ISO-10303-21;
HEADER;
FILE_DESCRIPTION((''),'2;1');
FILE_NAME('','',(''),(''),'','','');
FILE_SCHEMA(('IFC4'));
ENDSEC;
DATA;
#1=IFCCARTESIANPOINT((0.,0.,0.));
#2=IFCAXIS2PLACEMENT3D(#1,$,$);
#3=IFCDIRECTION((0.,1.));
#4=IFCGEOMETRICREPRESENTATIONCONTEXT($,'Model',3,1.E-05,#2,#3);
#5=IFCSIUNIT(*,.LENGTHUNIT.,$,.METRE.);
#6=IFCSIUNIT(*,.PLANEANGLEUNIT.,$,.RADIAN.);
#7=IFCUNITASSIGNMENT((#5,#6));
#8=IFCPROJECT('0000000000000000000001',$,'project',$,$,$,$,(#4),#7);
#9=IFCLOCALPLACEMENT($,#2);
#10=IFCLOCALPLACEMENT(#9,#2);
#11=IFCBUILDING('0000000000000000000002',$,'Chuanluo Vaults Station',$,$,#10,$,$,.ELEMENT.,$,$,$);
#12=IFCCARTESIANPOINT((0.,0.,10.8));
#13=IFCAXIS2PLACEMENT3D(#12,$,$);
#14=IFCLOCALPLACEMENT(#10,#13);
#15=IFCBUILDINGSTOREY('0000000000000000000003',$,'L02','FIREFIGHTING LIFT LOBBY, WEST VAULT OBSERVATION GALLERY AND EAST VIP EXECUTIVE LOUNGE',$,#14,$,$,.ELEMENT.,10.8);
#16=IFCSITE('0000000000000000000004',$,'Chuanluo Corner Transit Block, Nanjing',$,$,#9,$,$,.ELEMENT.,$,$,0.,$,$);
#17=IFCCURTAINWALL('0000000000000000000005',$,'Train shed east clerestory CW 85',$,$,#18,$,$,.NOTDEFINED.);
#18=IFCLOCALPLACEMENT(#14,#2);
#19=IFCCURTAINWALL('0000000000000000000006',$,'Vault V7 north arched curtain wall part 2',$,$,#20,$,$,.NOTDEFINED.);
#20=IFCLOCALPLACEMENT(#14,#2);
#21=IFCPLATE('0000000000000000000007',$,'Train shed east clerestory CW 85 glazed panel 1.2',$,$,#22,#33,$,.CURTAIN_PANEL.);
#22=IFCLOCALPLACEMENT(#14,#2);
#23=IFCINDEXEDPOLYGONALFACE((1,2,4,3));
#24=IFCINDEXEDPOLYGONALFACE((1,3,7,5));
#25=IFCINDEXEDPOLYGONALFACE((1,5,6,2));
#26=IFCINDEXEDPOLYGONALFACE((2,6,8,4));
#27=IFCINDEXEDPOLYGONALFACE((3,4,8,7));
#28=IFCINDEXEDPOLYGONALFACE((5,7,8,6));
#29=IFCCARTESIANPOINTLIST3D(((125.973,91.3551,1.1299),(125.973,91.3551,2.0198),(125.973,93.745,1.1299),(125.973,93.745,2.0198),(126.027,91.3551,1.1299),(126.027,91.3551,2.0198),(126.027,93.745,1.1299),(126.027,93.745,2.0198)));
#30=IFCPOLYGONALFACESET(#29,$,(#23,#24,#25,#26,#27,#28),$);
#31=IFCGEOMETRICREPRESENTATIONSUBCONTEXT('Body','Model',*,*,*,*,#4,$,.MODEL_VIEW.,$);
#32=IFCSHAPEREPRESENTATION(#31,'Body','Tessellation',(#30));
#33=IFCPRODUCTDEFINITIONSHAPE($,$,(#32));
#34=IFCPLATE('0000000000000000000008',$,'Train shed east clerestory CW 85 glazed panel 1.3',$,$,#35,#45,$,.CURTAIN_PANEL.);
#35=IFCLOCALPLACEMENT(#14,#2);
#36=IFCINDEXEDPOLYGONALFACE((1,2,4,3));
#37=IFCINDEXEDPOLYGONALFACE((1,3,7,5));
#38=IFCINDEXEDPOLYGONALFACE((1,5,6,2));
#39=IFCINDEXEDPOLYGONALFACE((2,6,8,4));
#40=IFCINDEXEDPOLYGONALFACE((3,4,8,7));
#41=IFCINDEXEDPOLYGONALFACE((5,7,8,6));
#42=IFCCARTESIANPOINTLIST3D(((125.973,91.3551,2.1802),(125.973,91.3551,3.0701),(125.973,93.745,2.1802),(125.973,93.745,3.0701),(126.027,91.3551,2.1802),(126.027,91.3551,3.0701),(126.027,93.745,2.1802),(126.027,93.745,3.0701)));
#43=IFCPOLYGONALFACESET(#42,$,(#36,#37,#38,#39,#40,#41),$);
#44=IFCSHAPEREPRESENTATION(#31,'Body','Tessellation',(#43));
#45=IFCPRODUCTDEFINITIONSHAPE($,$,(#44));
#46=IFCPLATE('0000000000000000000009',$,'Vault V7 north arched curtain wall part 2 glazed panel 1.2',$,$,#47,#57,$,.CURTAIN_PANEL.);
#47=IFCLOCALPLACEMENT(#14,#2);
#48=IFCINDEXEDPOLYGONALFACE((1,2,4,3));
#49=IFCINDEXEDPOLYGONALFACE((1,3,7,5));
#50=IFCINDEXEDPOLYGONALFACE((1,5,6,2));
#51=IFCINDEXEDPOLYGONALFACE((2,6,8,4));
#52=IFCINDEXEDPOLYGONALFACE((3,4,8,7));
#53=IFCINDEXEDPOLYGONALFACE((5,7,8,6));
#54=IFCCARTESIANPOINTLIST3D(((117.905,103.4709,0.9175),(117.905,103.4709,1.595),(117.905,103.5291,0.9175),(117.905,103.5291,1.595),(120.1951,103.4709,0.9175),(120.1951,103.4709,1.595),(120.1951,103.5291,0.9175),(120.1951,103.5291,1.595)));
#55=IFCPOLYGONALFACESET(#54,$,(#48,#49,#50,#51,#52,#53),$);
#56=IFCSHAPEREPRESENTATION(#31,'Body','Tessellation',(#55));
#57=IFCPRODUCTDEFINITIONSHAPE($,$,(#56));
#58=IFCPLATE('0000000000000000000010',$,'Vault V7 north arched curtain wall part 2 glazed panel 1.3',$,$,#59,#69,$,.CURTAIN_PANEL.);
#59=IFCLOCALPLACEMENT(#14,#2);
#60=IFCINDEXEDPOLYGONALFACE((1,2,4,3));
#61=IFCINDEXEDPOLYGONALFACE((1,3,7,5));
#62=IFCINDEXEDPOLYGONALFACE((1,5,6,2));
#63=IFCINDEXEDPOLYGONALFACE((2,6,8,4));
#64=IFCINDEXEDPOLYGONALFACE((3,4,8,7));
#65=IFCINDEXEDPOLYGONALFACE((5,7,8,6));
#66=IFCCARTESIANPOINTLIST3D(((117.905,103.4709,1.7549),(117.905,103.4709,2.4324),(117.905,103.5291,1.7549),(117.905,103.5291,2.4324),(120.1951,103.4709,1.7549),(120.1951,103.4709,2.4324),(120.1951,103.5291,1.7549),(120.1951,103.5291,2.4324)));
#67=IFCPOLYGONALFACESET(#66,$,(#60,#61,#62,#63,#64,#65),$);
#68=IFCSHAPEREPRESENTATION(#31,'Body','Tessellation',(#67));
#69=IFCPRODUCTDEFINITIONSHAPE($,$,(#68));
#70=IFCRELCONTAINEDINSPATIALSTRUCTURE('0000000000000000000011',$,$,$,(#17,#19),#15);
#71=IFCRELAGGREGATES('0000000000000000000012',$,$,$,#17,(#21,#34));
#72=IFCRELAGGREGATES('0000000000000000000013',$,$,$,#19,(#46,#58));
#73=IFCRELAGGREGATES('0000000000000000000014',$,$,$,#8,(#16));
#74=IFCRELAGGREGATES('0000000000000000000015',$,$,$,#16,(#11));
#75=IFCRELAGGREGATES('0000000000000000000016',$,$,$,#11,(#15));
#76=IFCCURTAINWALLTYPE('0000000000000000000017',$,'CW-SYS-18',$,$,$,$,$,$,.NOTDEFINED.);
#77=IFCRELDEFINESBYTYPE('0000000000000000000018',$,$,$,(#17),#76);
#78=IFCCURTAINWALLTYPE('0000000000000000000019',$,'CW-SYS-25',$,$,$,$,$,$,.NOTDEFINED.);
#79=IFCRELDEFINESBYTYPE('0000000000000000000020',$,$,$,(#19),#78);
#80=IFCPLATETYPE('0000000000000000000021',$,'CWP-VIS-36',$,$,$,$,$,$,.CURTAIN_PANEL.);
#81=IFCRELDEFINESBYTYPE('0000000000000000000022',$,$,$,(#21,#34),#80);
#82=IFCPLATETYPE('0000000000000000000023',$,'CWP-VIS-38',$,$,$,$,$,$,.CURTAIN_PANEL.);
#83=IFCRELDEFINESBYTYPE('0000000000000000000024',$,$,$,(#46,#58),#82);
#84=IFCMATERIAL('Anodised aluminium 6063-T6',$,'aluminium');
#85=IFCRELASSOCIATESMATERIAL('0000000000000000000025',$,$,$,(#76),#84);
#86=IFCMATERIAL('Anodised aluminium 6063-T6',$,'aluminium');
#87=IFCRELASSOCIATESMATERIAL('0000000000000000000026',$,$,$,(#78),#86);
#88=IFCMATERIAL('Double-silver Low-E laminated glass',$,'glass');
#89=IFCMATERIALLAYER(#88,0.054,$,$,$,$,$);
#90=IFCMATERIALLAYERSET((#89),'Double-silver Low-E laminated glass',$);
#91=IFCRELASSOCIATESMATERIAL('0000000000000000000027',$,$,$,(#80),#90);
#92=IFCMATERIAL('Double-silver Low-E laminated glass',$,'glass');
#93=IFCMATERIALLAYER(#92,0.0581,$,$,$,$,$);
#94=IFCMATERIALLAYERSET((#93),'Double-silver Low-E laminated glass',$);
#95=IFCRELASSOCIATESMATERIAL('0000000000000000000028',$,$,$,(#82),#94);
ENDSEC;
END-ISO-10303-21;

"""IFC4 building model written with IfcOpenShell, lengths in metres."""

from ifc_helpers import new_model, si_unit, direction, frame, origin, origin_2d, place, context, subcontext, project, spatial, rectangle, extrude, material, layer, layer_set, type_object, element, aggregate, save


model = new_model("IFC4")

# Units and contexts
model_context = context("Model", 3, precision=1e-05, world=origin(), true_north=direction((0.0, 1.0)))
body_context = subcontext(model_context, "Body", "Model", "MODEL_VIEW")
ifc_project = project(units=[si_unit("LENGTHUNIT", "METRE"), si_unit("PLANEANGLEUNIT", "RADIAN")], contexts=[model_context])

# Site, building, storey
site_placement = place(None, origin())
site = spatial("IfcSite", under=ifc_project, at=site_placement, Name="Chuanluo Corner Transit Block, Nanjing", CompositionType="ELEMENT", RefElevation=0.0)
building_placement = place(site_placement, origin())
building = spatial("IfcBuilding", under=site, at=building_placement, Name="Chuanluo Vaults Station", CompositionType="ELEMENT")
storey_placement = place(building_placement, frame((0.0, 0.0, 10.8)))
storey = spatial("IfcBuildingStorey", under=building, at=storey_placement, Name="L02", Description="FIREFIGHTING LIFT LOBBY, WEST VAULT OBSERVATION GALLERY AND EAST VIP EXECUTIVE LOUNGE", CompositionType="ELEMENT", Elevation=10.8)

# Curtain walls
ifc_material_1 = material(Name="Anodised aluminium 6063-T6", Category="aluminium")
curtain_wall_type_1 = type_object("IfcCurtainWallType", Name="CW-SYS-18", PredefinedType="NOTDEFINED", material=ifc_material_1)
curtain_wall_1_placement = place(storey_placement, origin())
curtain_wall_1 = element("IfcCurtainWall", 1, at=curtain_wall_1_placement, inside=storey, type_object=curtain_wall_type_1, Name="Train shed east clerestory CW 85", PredefinedType="NOTDEFINED")
ifc_material_2 = material(Name="Anodised aluminium 6063-T6", Category="aluminium")
curtain_wall_type_2 = type_object("IfcCurtainWallType", Name="CW-SYS-25", PredefinedType="NOTDEFINED", material=ifc_material_2)
curtain_wall_2_placement = place(storey_placement, origin())
curtain_wall_2 = element("IfcCurtainWall", 2, at=curtain_wall_2_placement, inside=storey, type_object=curtain_wall_type_2, Name="Vault V7 north arched curtain wall part 2", PredefinedType="NOTDEFINED")

# Plates
ifc_material_3 = material(Name="Double-silver Low-E laminated glass", Category="glass")
ifc_layer_1 = layer(ifc_material_3, 0.054)
ifc_layer_set_1 = layer_set([ifc_layer_1], Name="Double-silver Low-E laminated glass")
plate_type_1 = type_object("IfcPlateType", Name="CWP-VIS-36", PredefinedType="CURTAIN_PANEL", material=ifc_layer_set_1)
plate_1_placement = place(storey_placement, frame((126.0, 92.55, 1.1299), z_axis=(0.0, 0.0, 1.0), x_axis=(0.0, -1.0, 0.0)))
plate_1 = element("IfcPlate", 3, at=plate_1_placement, type_object=plate_type_1, Name="Train shed east clerestory CW 85 glazed panel 1.2", PredefinedType="CURTAIN_PANEL", context=body_context, shape_type="SweptSolid", body=[
    extrude(rectangle(XDim=2.3899, YDim=0.054, at=origin_2d()), origin(), (0.0, 0.0, 1.0), 0.8899),
])
plate_2_placement = place(storey_placement, frame((126.0, 92.55, 2.1802), z_axis=(0.0, 0.0, 1.0), x_axis=(0.0, -1.0, 0.0)))
plate_2 = element("IfcPlate", 4, at=plate_2_placement, type_object=plate_type_1, Name="Train shed east clerestory CW 85 glazed panel 1.3", PredefinedType="CURTAIN_PANEL", context=body_context, shape_type="SweptSolid", body=[
    extrude(rectangle(XDim=2.3899, YDim=0.054, at=origin_2d()), origin(), (0.0, 0.0, 1.0), 0.8899),
])
aggregate(curtain_wall_1, [plate_1, plate_2])
ifc_material_4 = material(Name="Double-silver Low-E laminated glass", Category="glass")
ifc_layer_2 = layer(ifc_material_4, 0.0581)
ifc_layer_set_2 = layer_set([ifc_layer_2], Name="Double-silver Low-E laminated glass")
plate_type_2 = type_object("IfcPlateType", Name="CWP-VIS-38", PredefinedType="CURTAIN_PANEL", material=ifc_layer_set_2)
plate_3_placement = place(storey_placement, frame((119.05, 103.5, 0.9175), z_axis=(0.0, 0.0, 1.0), x_axis=(1.0, 0.0, 0.0)))
plate_3 = element("IfcPlate", 5, at=plate_3_placement, type_object=plate_type_2, Name="Vault V7 north arched curtain wall part 2 glazed panel 1.2", PredefinedType="CURTAIN_PANEL", context=body_context, shape_type="SweptSolid", body=[
    extrude(rectangle(XDim=2.29, YDim=0.0581, at=origin_2d()), origin(), (0.0, 0.0, 1.0), 0.6775),
])
plate_4_placement = place(storey_placement, frame((119.05, 103.5, 1.7549), z_axis=(0.0, 0.0, 1.0), x_axis=(1.0, 0.0, 0.0)))
plate_4 = element("IfcPlate", 6, at=plate_4_placement, type_object=plate_type_2, Name="Vault V7 north arched curtain wall part 2 glazed panel 1.3", PredefinedType="CURTAIN_PANEL", context=body_context, shape_type="SweptSolid", body=[
    extrude(rectangle(XDim=2.29, YDim=0.0581, at=origin_2d()), origin(), (0.0, 0.0, 1.0), 0.6775),
])
aggregate(curtain_wall_2, [plate_3, plate_4])

save(model, "model.ifc")
